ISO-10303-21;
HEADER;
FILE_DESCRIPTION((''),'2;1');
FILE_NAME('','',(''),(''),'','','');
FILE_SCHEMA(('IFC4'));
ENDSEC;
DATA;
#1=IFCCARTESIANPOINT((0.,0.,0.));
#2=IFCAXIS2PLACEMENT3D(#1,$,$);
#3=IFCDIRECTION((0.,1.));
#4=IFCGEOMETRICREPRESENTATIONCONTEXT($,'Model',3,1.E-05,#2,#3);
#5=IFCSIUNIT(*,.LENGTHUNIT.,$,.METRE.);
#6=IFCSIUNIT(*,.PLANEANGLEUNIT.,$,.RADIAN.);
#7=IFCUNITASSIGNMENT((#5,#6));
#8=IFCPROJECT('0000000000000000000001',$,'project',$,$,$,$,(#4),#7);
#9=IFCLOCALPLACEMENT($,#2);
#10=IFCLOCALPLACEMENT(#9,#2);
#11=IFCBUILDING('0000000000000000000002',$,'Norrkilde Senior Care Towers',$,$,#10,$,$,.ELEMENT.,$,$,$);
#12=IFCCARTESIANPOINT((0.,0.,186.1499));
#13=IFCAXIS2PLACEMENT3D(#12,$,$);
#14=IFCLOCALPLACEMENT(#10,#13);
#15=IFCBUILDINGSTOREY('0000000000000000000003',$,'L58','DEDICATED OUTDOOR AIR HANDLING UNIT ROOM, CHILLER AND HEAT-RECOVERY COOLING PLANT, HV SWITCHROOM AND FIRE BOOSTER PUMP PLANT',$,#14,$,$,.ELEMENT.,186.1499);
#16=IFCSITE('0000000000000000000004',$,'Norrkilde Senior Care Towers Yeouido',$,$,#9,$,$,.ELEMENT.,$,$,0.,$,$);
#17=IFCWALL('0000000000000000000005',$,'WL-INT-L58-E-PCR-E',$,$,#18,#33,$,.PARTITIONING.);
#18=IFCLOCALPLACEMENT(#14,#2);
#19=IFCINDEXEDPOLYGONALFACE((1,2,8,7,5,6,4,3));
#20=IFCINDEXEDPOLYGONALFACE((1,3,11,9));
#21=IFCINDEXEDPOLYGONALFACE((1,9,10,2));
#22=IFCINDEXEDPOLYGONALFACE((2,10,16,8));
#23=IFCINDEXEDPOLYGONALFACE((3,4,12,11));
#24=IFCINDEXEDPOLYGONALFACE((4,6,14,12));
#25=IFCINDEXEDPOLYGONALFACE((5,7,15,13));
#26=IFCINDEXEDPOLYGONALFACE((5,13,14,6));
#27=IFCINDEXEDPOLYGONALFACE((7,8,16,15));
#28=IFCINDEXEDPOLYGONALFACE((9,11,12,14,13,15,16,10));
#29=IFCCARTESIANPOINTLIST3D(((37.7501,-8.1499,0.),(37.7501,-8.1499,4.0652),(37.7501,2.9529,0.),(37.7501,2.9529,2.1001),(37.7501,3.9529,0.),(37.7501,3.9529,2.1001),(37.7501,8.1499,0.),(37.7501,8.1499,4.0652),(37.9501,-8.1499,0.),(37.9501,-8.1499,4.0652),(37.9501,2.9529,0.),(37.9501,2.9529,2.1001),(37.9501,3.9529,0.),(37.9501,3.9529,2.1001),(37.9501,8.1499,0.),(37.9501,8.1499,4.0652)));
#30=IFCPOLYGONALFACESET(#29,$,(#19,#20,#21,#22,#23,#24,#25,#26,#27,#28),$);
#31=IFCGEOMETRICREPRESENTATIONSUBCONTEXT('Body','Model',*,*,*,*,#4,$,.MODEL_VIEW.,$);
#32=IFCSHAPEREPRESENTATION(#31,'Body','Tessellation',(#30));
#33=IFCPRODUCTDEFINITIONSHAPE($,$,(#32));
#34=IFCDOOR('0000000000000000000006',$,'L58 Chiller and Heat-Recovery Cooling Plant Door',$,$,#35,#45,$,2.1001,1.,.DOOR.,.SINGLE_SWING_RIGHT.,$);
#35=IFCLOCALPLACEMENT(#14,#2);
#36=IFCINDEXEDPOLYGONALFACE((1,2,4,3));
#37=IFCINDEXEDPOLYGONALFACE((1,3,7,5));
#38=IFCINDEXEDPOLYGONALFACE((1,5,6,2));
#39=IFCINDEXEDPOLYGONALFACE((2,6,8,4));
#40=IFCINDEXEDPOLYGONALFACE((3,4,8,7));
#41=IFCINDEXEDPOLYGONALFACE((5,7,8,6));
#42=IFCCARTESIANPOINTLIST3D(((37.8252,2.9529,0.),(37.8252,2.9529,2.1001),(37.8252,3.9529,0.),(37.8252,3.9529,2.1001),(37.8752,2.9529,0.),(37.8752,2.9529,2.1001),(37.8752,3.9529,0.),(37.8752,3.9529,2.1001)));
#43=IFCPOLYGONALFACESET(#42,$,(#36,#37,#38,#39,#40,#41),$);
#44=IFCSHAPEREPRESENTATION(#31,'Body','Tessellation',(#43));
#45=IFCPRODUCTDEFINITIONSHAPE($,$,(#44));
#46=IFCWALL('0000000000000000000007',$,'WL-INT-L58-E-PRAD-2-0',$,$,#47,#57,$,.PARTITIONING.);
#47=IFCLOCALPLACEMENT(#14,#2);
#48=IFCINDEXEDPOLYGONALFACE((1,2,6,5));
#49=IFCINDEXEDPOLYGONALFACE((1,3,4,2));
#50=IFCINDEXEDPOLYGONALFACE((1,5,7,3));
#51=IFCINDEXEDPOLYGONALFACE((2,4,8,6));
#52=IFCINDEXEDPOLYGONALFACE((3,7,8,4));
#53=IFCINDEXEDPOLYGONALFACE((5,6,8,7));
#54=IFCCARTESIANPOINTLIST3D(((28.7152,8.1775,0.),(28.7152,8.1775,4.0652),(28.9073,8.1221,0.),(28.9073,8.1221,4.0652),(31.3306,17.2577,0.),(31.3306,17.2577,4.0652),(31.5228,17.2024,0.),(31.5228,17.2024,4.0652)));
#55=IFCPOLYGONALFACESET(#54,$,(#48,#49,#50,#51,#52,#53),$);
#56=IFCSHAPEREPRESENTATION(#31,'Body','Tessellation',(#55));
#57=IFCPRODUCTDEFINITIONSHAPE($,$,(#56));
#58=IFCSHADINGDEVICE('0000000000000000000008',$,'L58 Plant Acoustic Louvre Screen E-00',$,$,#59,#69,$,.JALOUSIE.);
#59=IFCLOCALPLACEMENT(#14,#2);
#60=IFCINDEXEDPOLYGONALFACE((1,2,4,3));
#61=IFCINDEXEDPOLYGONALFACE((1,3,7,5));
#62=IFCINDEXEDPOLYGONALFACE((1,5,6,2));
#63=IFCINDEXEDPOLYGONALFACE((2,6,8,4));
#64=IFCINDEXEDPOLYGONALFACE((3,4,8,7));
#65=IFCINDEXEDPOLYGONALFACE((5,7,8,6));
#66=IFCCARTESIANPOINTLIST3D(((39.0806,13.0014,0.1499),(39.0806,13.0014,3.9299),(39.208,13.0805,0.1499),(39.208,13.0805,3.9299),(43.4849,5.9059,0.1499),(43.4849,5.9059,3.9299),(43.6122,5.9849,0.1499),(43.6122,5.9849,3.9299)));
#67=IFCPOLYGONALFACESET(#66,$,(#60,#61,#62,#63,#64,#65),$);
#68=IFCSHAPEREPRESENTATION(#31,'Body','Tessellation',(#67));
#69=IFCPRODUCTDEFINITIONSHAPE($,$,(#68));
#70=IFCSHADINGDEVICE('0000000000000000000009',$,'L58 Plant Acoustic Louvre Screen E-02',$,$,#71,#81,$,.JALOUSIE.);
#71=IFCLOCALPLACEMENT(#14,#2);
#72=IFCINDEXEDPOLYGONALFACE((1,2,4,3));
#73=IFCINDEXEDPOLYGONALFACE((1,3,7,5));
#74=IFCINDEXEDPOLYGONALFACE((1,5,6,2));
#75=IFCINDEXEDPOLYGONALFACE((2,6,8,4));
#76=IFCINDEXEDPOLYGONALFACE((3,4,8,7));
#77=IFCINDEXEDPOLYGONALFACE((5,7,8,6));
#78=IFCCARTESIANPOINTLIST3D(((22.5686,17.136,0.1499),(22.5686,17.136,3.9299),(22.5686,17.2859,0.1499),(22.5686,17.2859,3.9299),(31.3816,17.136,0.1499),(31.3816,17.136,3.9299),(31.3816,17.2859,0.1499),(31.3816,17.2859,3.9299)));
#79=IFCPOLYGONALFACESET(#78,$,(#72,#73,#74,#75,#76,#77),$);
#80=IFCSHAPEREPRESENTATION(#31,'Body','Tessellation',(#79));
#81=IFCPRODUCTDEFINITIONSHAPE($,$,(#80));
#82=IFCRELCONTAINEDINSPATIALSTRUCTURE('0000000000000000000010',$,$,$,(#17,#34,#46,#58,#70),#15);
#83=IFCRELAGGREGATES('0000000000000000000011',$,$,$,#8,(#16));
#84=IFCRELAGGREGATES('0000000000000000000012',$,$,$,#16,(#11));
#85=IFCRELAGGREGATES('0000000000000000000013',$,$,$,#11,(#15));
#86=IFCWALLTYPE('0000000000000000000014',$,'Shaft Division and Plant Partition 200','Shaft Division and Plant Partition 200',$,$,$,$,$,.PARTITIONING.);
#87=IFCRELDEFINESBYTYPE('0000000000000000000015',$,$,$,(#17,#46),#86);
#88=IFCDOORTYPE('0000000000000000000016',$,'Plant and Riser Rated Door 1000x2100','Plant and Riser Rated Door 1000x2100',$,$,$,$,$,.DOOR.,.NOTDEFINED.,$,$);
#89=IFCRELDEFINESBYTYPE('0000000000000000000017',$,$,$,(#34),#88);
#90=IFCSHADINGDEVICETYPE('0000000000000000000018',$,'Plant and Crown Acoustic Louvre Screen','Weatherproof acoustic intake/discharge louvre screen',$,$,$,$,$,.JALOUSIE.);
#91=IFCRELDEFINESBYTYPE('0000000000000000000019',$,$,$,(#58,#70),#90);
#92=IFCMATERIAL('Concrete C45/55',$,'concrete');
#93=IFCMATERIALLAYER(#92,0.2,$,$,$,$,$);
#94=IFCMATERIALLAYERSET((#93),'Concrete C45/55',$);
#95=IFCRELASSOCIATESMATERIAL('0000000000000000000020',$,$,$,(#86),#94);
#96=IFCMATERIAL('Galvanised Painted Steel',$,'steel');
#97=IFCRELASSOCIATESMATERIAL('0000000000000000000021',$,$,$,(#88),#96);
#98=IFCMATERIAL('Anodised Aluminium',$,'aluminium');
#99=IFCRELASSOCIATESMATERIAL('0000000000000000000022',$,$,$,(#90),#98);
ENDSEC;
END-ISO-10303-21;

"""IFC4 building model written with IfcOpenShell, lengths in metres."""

from ifc_helpers import new_model, si_unit, direction, frame, frame_2d, origin, origin_2d, place, context, subcontext, project, spatial, rectangle, extrude, source, transform, mapped, material, layer, layer_set, type_object, type_shapes, element, fill, save


model = new_model("IFC4")

# Units and contexts
model_context = context("Model", 3, precision=1e-05, world=origin(), true_north=direction((0.0, 1.0)))
body_context = subcontext(model_context, "Body", "Model", "MODEL_VIEW")
ifc_project = project(units=[si_unit("LENGTHUNIT", "METRE"), si_unit("PLANEANGLEUNIT", "RADIAN")], contexts=[model_context])

# Site, building, storey
site_placement = place(None, origin())
site = spatial("IfcSite", under=ifc_project, at=site_placement, Name="Norrkilde Senior Care Towers Yeouido", CompositionType="ELEMENT", RefElevation=0.0)
building_placement = place(site_placement, origin())
building = spatial("IfcBuilding", under=site, at=building_placement, Name="Norrkilde Senior Care Towers", CompositionType="ELEMENT")
storey_placement = place(building_placement, frame((0.0, 0.0, 186.1499)))
storey = spatial("IfcBuildingStorey", under=building, at=storey_placement, Name="L58", Description="DEDICATED OUTDOOR AIR HANDLING UNIT ROOM, CHILLER AND HEAT-RECOVERY COOLING PLANT, HV SWITCHROOM AND FIRE BOOSTER PUMP PLANT", CompositionType="ELEMENT", Elevation=186.1499)

# Shared definitions
ifc_material_1 = material(Name="Anodised Aluminium", Category="aluminium")

# Wall, opening, door
ifc_material_2 = material(Name="Concrete C45/55", Category="concrete")
ifc_layer_1 = layer(ifc_material_2, 0.2)
ifc_layer_set_1 = layer_set([ifc_layer_1], Name="Concrete C45/55")
wall_type = type_object("IfcWallType", Name="Shaft Division and Plant Partition 200", Description="Shaft Division and Plant Partition 200", PredefinedType="PARTITIONING", material=ifc_layer_set_1)
shared_shape_1 = source(origin(), body_context, "Body", "SweptSolid", [
    extrude(rectangle(XDim=16.2998, YDim=0.2, at=frame_2d((8.1499, 0.0))), origin(), (0.0, 0.0, 1.0), 4.0652),
])
wall_1_placement = place(storey_placement, frame((37.8501, 8.1499, 0.0), z_axis=(0.0, 0.0, 1.0), x_axis=(0.0, -1.0, 0.0)))
wall_1 = element("IfcWall", 1, at=wall_1_placement, inside=storey, type_object=wall_type, Name="WL-INT-L58-E-PCR-E", PredefinedType="PARTITIONING", context=body_context, shape_type="MappedRepresentation", body=[
    mapped(shared_shape_1, transform((0.0, 0.0, 0.0), x_axis=(1.0, 0.0, 0.0), y_axis=(0.0, 1.0, 0.0), z_axis=(0.0, 0.0, 1.0), scale=1.0)),
])
opening_placement = place(wall_1_placement, frame((4.197, 0.0, 0.0)))
opening = element("IfcOpeningElement", 2, at=opening_placement, cuts=wall_1, PredefinedType="OPENING", context=body_context, shape_type="SweptSolid", body=[
    extrude(rectangle(XDim=1.0, YDim=2.1001, at=frame_2d((0.5, 1.05))), frame((0.0, 0.1099, 0.0), z_axis=(0.0, -1.0, 0.0), x_axis=(1.0, 0.0, 0.0)), (0.0, 0.0, 1.0), 0.22),
])
ifc_material_3 = material(Name="Galvanised Painted Steel", Category="steel")
door_type = type_object("IfcDoorType", Name="Plant and Riser Rated Door 1000x2100", Description="Plant and Riser Rated Door 1000x2100", OperationType="NOTDEFINED", PredefinedType="DOOR", material=ifc_material_3)
shared_shape_2 = source(origin(), body_context, "Body", "SweptSolid", [
    extrude(rectangle(XDim=1.0, YDim=2.1001, at=frame_2d((0.5, 1.05))), frame((0.0, 0.0249, 0.0), z_axis=(0.0, -1.0, 0.0), x_axis=(1.0, 0.0, 0.0)), (0.0, 0.0, 1.0), 0.05),
])
type_shapes(door_type, [shared_shape_2])
door_placement = place(opening_placement, frame((1.0, 0.0, 0.0), z_axis=(0.0, 0.0, 1.0), x_axis=(-1.0, 0.0, 0.0)))
door = element("IfcDoor", 3, at=door_placement, inside=storey, type_object=door_type, Name="L58 Chiller and Heat-Recovery Cooling Plant Door", OperationType="SINGLE_SWING_RIGHT", OverallHeight=2.1001, OverallWidth=1.0, PredefinedType="DOOR", context=body_context, shape_type="MappedRepresentation", body=[
    mapped(shared_shape_2, transform((0.0, 0.0, 0.0), x_axis=(1.0, 0.0, 0.0), y_axis=(0.0, 1.0, 0.0), z_axis=(0.0, 0.0, 1.0), scale=1.0)),
])
fill(opening, door)

# Wall
shared_shape_3 = source(origin(), body_context, "Body", "SweptSolid", [
    extrude(rectangle(XDim=9.4495, YDim=0.2, at=frame_2d((4.7246, 0.0))), origin(), (0.0, 0.0, 1.0), 4.0652),
])
type_shapes(wall_type, [shared_shape_1, shared_shape_3])
wall_2_placement = place(storey_placement, frame((28.8113, 8.1499, 0.0), z_axis=(0.0, 0.0, 1.0), x_axis=(0.276785, 0.960932, 0.0)))
element("IfcWall", 4, at=wall_2_placement, inside=storey, type_object=wall_type, Name="WL-INT-L58-E-PRAD-2-0", PredefinedType="PARTITIONING", context=body_context, shape_type="MappedRepresentation", body=[
    mapped(shared_shape_3, transform((0.0, 0.0, 0.0), x_axis=(1.0, 0.0, 0.0), y_axis=(0.0, 1.0, 0.0), z_axis=(0.0, 0.0, 1.0), scale=1.0)),
])

# Shading devices
shading_device_type = type_object("IfcShadingDeviceType", Name="Plant and Crown Acoustic Louvre Screen", Description="Weatherproof acoustic intake/discharge louvre screen", PredefinedType="JALOUSIE", material=ifc_material_1)
shared_shape_4 = source(origin(), body_context, "Body", "SweptSolid", [
    extrude(rectangle(XDim=8.3513, YDim=0.1499, at=origin_2d()), origin(), (0.0, 0.0, 1.0), 3.78),
])
shading_device_1_placement = place(storey_placement, frame((41.3464, 9.4932, 0.1499), z_axis=(0.0, 0.0, 1.0), x_axis=(0.527373, -0.849634, 0.0)))
element("IfcShadingDevice", 5, at=shading_device_1_placement, inside=storey, type_object=shading_device_type, Name="L58 Plant Acoustic Louvre Screen E-00", PredefinedType="JALOUSIE", context=body_context, shape_type="MappedRepresentation", body=[
    mapped(shared_shape_4, transform((0.0, 0.0, 0.0), x_axis=(1.0, 0.0, 0.0), y_axis=(0.0, 1.0, 0.0), z_axis=(0.0, 0.0, 1.0), scale=1.0)),
])
shared_shape_5 = source(origin(), body_context, "Body", "SweptSolid", [
    extrude(rectangle(XDim=8.813, YDim=0.1499, at=origin_2d()), origin(), (0.0, 0.0, 1.0), 3.78),
])
type_shapes(shading_device_type, [shared_shape_4, shared_shape_5])
shading_device_2_placement = place(storey_placement, frame((26.9751, 17.2109, 0.1499), z_axis=(0.0, 0.0, 1.0), x_axis=(1.0, 0.0, 0.0)))
element("IfcShadingDevice", 6, at=shading_device_2_placement, inside=storey, type_object=shading_device_type, Name="L58 Plant Acoustic Louvre Screen E-02", PredefinedType="JALOUSIE", context=body_context, shape_type="MappedRepresentation", body=[
    mapped(shared_shape_5, transform((0.0, 0.0, 0.0), x_axis=(1.0, 0.0, 0.0), y_axis=(0.0, 1.0, 0.0), z_axis=(0.0, 0.0, 1.0), scale=1.0)),
])

save(model, "model.ifc")
